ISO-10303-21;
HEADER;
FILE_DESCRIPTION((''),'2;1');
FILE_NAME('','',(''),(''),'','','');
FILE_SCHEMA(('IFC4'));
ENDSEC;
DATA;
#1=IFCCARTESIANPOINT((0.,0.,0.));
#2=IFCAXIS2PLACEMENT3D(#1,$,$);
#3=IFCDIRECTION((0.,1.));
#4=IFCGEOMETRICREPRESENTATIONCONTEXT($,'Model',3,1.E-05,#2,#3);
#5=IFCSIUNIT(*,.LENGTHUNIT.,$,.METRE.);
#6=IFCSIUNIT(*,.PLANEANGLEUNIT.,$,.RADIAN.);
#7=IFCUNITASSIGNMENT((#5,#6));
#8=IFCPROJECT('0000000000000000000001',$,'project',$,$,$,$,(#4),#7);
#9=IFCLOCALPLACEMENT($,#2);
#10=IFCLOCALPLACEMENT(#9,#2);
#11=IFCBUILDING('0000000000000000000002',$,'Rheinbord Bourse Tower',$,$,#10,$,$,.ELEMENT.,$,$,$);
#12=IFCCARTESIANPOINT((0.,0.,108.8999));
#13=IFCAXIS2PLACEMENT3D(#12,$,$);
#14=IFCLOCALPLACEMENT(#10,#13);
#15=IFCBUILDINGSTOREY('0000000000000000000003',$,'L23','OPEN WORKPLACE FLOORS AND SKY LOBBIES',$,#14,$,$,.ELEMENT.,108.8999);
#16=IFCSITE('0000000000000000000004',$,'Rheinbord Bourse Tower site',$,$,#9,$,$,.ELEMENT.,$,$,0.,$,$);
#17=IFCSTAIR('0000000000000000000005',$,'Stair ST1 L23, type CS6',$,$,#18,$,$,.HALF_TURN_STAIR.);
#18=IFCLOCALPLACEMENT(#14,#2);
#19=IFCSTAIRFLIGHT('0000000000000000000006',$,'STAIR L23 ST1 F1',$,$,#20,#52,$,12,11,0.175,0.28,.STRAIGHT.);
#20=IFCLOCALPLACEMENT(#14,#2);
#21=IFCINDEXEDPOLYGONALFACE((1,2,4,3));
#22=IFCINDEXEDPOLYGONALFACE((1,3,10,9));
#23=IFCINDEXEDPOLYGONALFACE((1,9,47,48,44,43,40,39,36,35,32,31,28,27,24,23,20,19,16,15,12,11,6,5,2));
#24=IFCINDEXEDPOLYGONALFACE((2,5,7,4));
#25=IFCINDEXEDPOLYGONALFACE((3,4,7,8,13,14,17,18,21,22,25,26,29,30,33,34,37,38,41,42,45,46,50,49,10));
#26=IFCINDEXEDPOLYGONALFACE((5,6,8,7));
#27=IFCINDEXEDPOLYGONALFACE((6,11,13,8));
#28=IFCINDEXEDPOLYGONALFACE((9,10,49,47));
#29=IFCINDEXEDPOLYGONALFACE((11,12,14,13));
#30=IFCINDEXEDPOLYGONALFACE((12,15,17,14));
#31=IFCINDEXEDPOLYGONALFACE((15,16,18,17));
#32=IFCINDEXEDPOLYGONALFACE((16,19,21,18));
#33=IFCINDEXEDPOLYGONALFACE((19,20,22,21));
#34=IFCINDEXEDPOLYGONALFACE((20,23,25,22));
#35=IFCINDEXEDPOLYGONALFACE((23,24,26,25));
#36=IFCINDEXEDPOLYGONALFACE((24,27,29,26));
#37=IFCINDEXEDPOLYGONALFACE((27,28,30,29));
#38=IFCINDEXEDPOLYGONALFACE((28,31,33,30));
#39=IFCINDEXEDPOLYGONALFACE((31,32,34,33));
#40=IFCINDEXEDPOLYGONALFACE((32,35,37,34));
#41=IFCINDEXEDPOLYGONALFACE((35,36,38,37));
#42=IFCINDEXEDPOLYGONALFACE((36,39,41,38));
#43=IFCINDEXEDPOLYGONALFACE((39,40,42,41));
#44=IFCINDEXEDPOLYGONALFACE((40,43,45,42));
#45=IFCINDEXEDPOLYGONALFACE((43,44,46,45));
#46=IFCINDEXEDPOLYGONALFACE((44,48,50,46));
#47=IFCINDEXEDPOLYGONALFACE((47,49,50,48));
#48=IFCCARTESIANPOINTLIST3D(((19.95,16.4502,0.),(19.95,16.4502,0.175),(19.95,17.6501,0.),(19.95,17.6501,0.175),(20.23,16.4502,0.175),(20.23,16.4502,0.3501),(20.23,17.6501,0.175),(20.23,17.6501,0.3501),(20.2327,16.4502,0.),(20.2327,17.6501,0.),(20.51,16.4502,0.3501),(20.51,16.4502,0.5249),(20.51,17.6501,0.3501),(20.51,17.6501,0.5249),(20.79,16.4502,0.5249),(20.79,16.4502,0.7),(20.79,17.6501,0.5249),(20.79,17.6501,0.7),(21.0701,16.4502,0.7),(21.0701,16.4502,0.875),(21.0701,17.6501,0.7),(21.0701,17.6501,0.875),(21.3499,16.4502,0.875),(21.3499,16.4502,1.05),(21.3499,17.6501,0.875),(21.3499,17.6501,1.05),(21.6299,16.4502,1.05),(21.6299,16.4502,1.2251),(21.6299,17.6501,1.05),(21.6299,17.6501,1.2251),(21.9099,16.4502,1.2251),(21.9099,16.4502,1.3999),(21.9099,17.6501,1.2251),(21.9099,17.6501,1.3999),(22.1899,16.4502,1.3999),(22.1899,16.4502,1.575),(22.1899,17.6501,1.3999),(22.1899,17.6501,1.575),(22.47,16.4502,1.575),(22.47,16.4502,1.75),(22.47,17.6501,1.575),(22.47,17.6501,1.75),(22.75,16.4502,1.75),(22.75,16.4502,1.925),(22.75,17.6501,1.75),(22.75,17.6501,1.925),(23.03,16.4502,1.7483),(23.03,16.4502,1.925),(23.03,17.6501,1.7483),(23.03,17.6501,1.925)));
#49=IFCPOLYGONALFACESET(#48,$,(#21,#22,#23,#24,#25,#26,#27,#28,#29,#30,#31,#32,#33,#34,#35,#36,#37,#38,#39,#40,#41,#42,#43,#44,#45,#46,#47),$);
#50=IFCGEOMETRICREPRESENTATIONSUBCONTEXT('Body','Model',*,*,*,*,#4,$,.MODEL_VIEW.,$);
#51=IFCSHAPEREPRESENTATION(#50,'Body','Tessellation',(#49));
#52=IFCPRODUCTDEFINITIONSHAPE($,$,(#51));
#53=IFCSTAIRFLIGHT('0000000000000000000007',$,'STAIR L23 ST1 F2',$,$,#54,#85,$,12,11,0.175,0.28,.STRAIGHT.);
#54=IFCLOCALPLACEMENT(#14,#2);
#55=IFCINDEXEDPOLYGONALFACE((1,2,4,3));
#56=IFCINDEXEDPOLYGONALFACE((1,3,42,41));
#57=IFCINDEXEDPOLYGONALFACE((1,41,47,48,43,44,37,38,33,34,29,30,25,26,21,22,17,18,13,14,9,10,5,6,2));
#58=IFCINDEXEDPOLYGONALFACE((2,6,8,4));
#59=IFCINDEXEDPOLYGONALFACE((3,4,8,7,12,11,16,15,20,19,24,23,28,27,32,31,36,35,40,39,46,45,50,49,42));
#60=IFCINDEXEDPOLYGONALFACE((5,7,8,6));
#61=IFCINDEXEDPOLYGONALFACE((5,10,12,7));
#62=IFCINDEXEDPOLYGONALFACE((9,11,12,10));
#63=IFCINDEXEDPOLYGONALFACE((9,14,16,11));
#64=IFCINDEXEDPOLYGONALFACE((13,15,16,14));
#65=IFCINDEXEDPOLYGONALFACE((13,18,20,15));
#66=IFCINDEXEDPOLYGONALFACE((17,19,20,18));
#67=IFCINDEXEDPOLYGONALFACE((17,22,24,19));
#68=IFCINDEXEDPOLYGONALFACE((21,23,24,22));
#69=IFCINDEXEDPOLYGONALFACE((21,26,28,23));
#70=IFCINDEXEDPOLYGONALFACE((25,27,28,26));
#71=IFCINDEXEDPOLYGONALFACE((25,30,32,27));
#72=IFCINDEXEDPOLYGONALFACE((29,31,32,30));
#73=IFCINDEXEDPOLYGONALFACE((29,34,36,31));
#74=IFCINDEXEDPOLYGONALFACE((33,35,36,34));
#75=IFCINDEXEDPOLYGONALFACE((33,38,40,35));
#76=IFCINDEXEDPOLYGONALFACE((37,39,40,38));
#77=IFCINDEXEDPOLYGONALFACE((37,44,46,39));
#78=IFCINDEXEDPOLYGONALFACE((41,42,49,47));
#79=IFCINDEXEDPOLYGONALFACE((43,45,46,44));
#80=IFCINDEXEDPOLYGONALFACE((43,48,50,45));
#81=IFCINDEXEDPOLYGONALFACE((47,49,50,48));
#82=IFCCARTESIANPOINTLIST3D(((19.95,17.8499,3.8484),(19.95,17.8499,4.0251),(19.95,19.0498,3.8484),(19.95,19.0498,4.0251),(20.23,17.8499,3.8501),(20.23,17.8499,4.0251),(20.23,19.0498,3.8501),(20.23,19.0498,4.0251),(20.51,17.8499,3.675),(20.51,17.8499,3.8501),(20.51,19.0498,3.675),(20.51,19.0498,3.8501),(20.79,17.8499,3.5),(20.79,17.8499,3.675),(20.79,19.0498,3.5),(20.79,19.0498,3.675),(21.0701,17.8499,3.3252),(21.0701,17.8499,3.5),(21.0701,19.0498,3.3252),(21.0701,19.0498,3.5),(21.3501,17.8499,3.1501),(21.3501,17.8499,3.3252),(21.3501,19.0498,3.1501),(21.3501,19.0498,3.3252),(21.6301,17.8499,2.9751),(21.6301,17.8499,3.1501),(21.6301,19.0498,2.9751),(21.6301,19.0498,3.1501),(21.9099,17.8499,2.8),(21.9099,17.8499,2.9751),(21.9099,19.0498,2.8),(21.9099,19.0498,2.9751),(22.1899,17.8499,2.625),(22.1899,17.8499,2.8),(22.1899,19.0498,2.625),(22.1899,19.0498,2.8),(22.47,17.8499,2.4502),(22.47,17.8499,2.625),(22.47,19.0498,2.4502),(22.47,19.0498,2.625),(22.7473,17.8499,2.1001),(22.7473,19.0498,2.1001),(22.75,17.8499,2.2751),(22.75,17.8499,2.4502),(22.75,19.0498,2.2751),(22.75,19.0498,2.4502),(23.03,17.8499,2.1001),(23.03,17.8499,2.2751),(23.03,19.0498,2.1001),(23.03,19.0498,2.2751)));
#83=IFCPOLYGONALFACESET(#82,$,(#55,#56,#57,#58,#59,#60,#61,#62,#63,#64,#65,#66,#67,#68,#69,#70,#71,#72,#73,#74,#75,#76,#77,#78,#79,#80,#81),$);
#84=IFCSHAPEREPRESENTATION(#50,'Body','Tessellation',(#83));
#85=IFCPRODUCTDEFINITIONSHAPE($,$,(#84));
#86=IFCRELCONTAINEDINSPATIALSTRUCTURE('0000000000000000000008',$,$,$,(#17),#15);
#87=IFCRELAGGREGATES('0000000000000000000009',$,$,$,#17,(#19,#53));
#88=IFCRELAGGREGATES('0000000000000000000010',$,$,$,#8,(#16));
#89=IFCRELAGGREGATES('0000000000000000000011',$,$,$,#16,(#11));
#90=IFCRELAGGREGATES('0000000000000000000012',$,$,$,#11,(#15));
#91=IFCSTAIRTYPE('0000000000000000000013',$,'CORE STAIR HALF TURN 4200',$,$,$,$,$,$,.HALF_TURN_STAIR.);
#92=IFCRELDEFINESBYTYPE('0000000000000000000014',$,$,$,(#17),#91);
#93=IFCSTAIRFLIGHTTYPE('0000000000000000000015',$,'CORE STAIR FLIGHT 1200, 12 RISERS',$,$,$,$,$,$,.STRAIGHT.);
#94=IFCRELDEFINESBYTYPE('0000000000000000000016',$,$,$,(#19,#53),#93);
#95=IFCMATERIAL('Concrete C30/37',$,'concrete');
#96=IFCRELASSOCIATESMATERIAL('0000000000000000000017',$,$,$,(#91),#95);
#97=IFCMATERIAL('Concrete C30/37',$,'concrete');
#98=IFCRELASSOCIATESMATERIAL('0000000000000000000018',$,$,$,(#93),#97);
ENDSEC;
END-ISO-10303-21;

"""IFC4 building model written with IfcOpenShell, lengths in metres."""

from ifc_helpers import new_model, si_unit, direction, frame, origin, place, context, subcontext, project, spatial, polyline, outline, extrude, material, type_object, element, aggregate, save


model = new_model("IFC4")

# Units and contexts
model_context = context("Model", 3, precision=1e-05, world=origin(), true_north=direction((0.0, 1.0)))
body_context = subcontext(model_context, "Body", "Model", "MODEL_VIEW")
ifc_project = project(units=[si_unit("LENGTHUNIT", "METRE"), si_unit("PLANEANGLEUNIT", "RADIAN")], contexts=[model_context])

# Site, building, storey
site_placement = place(None, origin())
site = spatial("IfcSite", under=ifc_project, at=site_placement, Name="Rheinbord Bourse Tower site", CompositionType="ELEMENT", RefElevation=0.0)
building_placement = place(site_placement, origin())
building = spatial("IfcBuilding", under=site, at=building_placement, Name="Rheinbord Bourse Tower", CompositionType="ELEMENT")
storey_placement = place(building_placement, frame((0.0, 0.0, 108.8999)))
storey = spatial("IfcBuildingStorey", under=building, at=storey_placement, Name="L23", Description="OPEN WORKPLACE FLOORS AND SKY LOBBIES", CompositionType="ELEMENT", Elevation=108.8999)

# Stair, stair flights
ifc_material_1 = material(Name="Concrete C30/37", Category="concrete")
stair_type = type_object("IfcStairType", Name="CORE STAIR HALF TURN 4200", PredefinedType="HALF_TURN_STAIR", material=ifc_material_1)
stair_placement = place(storey_placement, origin())
stair = element("IfcStair", 1, at=stair_placement, inside=storey, type_object=stair_type, Name="Stair ST1 L23, type CS6", PredefinedType="HALF_TURN_STAIR")
ifc_material_2 = material(Name="Concrete C30/37", Category="concrete")
stair_flight_type = type_object("IfcStairFlightType", Name="CORE STAIR FLIGHT 1200, 12 RISERS", PredefinedType="STRAIGHT", material=ifc_material_2)
stair_flight_1_placement = place(storey_placement, frame((19.95, 17.05, 0.0), z_axis=(0.0, 0.0, 1.0), x_axis=(1.0, 0.0, 0.0)))
stair_flight_1 = element("IfcStairFlight", 2, at=stair_flight_1_placement, type_object=stair_flight_type, Name="STAIR L23 ST1 F1", NumberOfRisers=12, NumberOfTreads=11, PredefinedType="STRAIGHT", RiserHeight=0.175, TreadLength=0.28, context=body_context, shape_type="SweptSolid", body=[
    extrude(outline(polyline([(0.0, 0.0), (0.0, 0.175), (0.28, 0.175), (0.28, 0.3501), (0.5601, 0.3501), (0.5601, 0.5249), (0.8401, 0.5249), (0.8401, 0.7), (1.1201, 0.7), (1.1201, 0.875), (1.3999, 0.875), (1.3999, 1.05), (1.6799, 1.05), (1.6799, 1.2251), (1.96, 1.2251), (1.96, 1.3999), (2.24, 1.3999), (2.24, 1.575), (2.52, 1.575), (2.52, 1.75), (2.8, 1.75), (2.8, 1.925), (3.0801, 1.925), (3.0801, 2.1001), (3.0801, 1.7483), (0.2827, 0.0), (0.0, 0.0)])), frame((0.0, 0.6001, 0.0), z_axis=(0.0, -1.0, 0.0), x_axis=(1.0, 0.0, 0.0)), (0.0, 0.0, 1.0), 1.2),
])
stair_flight_2_placement = place(storey_placement, frame((23.03, 18.45, 2.1001), z_axis=(0.0, 0.0, 1.0), x_axis=(-1.0, 0.0, 0.0)))
stair_flight_2 = element("IfcStairFlight", 3, at=stair_flight_2_placement, type_object=stair_flight_type, Name="STAIR L23 ST1 F2", NumberOfRisers=12, NumberOfTreads=11, PredefinedType="STRAIGHT", RiserHeight=0.175, TreadLength=0.28, context=body_context, shape_type="SweptSolid", body=[
    extrude(outline(polyline([(0.0, 0.0), (0.0, 0.175), (0.28, 0.175), (0.28, 0.3501), (0.5601, 0.3501), (0.5601, 0.5249), (0.8401, 0.5249), (0.8401, 0.7), (1.1201, 0.7), (1.1201, 0.875), (1.3999, 0.875), (1.3999, 1.05), (1.6799, 1.05), (1.6799, 1.2251), (1.96, 1.2251), (1.96, 1.3999), (2.24, 1.3999), (2.24, 1.575), (2.52, 1.575), (2.52, 1.75), (2.8, 1.75), (2.8, 1.925), (3.0801, 1.925), (3.0801, 2.1001), (3.0801, 1.7483), (0.2827, 0.0), (0.0, 0.0)])), frame((0.0, 0.6001, 0.0), z_axis=(0.0, -1.0, 0.0), x_axis=(1.0, 0.0, 0.0)), (0.0, 0.0, 1.0), 1.2),
])
aggregate(stair, [stair_flight_1, stair_flight_2])

save(model, "model.ifc")
